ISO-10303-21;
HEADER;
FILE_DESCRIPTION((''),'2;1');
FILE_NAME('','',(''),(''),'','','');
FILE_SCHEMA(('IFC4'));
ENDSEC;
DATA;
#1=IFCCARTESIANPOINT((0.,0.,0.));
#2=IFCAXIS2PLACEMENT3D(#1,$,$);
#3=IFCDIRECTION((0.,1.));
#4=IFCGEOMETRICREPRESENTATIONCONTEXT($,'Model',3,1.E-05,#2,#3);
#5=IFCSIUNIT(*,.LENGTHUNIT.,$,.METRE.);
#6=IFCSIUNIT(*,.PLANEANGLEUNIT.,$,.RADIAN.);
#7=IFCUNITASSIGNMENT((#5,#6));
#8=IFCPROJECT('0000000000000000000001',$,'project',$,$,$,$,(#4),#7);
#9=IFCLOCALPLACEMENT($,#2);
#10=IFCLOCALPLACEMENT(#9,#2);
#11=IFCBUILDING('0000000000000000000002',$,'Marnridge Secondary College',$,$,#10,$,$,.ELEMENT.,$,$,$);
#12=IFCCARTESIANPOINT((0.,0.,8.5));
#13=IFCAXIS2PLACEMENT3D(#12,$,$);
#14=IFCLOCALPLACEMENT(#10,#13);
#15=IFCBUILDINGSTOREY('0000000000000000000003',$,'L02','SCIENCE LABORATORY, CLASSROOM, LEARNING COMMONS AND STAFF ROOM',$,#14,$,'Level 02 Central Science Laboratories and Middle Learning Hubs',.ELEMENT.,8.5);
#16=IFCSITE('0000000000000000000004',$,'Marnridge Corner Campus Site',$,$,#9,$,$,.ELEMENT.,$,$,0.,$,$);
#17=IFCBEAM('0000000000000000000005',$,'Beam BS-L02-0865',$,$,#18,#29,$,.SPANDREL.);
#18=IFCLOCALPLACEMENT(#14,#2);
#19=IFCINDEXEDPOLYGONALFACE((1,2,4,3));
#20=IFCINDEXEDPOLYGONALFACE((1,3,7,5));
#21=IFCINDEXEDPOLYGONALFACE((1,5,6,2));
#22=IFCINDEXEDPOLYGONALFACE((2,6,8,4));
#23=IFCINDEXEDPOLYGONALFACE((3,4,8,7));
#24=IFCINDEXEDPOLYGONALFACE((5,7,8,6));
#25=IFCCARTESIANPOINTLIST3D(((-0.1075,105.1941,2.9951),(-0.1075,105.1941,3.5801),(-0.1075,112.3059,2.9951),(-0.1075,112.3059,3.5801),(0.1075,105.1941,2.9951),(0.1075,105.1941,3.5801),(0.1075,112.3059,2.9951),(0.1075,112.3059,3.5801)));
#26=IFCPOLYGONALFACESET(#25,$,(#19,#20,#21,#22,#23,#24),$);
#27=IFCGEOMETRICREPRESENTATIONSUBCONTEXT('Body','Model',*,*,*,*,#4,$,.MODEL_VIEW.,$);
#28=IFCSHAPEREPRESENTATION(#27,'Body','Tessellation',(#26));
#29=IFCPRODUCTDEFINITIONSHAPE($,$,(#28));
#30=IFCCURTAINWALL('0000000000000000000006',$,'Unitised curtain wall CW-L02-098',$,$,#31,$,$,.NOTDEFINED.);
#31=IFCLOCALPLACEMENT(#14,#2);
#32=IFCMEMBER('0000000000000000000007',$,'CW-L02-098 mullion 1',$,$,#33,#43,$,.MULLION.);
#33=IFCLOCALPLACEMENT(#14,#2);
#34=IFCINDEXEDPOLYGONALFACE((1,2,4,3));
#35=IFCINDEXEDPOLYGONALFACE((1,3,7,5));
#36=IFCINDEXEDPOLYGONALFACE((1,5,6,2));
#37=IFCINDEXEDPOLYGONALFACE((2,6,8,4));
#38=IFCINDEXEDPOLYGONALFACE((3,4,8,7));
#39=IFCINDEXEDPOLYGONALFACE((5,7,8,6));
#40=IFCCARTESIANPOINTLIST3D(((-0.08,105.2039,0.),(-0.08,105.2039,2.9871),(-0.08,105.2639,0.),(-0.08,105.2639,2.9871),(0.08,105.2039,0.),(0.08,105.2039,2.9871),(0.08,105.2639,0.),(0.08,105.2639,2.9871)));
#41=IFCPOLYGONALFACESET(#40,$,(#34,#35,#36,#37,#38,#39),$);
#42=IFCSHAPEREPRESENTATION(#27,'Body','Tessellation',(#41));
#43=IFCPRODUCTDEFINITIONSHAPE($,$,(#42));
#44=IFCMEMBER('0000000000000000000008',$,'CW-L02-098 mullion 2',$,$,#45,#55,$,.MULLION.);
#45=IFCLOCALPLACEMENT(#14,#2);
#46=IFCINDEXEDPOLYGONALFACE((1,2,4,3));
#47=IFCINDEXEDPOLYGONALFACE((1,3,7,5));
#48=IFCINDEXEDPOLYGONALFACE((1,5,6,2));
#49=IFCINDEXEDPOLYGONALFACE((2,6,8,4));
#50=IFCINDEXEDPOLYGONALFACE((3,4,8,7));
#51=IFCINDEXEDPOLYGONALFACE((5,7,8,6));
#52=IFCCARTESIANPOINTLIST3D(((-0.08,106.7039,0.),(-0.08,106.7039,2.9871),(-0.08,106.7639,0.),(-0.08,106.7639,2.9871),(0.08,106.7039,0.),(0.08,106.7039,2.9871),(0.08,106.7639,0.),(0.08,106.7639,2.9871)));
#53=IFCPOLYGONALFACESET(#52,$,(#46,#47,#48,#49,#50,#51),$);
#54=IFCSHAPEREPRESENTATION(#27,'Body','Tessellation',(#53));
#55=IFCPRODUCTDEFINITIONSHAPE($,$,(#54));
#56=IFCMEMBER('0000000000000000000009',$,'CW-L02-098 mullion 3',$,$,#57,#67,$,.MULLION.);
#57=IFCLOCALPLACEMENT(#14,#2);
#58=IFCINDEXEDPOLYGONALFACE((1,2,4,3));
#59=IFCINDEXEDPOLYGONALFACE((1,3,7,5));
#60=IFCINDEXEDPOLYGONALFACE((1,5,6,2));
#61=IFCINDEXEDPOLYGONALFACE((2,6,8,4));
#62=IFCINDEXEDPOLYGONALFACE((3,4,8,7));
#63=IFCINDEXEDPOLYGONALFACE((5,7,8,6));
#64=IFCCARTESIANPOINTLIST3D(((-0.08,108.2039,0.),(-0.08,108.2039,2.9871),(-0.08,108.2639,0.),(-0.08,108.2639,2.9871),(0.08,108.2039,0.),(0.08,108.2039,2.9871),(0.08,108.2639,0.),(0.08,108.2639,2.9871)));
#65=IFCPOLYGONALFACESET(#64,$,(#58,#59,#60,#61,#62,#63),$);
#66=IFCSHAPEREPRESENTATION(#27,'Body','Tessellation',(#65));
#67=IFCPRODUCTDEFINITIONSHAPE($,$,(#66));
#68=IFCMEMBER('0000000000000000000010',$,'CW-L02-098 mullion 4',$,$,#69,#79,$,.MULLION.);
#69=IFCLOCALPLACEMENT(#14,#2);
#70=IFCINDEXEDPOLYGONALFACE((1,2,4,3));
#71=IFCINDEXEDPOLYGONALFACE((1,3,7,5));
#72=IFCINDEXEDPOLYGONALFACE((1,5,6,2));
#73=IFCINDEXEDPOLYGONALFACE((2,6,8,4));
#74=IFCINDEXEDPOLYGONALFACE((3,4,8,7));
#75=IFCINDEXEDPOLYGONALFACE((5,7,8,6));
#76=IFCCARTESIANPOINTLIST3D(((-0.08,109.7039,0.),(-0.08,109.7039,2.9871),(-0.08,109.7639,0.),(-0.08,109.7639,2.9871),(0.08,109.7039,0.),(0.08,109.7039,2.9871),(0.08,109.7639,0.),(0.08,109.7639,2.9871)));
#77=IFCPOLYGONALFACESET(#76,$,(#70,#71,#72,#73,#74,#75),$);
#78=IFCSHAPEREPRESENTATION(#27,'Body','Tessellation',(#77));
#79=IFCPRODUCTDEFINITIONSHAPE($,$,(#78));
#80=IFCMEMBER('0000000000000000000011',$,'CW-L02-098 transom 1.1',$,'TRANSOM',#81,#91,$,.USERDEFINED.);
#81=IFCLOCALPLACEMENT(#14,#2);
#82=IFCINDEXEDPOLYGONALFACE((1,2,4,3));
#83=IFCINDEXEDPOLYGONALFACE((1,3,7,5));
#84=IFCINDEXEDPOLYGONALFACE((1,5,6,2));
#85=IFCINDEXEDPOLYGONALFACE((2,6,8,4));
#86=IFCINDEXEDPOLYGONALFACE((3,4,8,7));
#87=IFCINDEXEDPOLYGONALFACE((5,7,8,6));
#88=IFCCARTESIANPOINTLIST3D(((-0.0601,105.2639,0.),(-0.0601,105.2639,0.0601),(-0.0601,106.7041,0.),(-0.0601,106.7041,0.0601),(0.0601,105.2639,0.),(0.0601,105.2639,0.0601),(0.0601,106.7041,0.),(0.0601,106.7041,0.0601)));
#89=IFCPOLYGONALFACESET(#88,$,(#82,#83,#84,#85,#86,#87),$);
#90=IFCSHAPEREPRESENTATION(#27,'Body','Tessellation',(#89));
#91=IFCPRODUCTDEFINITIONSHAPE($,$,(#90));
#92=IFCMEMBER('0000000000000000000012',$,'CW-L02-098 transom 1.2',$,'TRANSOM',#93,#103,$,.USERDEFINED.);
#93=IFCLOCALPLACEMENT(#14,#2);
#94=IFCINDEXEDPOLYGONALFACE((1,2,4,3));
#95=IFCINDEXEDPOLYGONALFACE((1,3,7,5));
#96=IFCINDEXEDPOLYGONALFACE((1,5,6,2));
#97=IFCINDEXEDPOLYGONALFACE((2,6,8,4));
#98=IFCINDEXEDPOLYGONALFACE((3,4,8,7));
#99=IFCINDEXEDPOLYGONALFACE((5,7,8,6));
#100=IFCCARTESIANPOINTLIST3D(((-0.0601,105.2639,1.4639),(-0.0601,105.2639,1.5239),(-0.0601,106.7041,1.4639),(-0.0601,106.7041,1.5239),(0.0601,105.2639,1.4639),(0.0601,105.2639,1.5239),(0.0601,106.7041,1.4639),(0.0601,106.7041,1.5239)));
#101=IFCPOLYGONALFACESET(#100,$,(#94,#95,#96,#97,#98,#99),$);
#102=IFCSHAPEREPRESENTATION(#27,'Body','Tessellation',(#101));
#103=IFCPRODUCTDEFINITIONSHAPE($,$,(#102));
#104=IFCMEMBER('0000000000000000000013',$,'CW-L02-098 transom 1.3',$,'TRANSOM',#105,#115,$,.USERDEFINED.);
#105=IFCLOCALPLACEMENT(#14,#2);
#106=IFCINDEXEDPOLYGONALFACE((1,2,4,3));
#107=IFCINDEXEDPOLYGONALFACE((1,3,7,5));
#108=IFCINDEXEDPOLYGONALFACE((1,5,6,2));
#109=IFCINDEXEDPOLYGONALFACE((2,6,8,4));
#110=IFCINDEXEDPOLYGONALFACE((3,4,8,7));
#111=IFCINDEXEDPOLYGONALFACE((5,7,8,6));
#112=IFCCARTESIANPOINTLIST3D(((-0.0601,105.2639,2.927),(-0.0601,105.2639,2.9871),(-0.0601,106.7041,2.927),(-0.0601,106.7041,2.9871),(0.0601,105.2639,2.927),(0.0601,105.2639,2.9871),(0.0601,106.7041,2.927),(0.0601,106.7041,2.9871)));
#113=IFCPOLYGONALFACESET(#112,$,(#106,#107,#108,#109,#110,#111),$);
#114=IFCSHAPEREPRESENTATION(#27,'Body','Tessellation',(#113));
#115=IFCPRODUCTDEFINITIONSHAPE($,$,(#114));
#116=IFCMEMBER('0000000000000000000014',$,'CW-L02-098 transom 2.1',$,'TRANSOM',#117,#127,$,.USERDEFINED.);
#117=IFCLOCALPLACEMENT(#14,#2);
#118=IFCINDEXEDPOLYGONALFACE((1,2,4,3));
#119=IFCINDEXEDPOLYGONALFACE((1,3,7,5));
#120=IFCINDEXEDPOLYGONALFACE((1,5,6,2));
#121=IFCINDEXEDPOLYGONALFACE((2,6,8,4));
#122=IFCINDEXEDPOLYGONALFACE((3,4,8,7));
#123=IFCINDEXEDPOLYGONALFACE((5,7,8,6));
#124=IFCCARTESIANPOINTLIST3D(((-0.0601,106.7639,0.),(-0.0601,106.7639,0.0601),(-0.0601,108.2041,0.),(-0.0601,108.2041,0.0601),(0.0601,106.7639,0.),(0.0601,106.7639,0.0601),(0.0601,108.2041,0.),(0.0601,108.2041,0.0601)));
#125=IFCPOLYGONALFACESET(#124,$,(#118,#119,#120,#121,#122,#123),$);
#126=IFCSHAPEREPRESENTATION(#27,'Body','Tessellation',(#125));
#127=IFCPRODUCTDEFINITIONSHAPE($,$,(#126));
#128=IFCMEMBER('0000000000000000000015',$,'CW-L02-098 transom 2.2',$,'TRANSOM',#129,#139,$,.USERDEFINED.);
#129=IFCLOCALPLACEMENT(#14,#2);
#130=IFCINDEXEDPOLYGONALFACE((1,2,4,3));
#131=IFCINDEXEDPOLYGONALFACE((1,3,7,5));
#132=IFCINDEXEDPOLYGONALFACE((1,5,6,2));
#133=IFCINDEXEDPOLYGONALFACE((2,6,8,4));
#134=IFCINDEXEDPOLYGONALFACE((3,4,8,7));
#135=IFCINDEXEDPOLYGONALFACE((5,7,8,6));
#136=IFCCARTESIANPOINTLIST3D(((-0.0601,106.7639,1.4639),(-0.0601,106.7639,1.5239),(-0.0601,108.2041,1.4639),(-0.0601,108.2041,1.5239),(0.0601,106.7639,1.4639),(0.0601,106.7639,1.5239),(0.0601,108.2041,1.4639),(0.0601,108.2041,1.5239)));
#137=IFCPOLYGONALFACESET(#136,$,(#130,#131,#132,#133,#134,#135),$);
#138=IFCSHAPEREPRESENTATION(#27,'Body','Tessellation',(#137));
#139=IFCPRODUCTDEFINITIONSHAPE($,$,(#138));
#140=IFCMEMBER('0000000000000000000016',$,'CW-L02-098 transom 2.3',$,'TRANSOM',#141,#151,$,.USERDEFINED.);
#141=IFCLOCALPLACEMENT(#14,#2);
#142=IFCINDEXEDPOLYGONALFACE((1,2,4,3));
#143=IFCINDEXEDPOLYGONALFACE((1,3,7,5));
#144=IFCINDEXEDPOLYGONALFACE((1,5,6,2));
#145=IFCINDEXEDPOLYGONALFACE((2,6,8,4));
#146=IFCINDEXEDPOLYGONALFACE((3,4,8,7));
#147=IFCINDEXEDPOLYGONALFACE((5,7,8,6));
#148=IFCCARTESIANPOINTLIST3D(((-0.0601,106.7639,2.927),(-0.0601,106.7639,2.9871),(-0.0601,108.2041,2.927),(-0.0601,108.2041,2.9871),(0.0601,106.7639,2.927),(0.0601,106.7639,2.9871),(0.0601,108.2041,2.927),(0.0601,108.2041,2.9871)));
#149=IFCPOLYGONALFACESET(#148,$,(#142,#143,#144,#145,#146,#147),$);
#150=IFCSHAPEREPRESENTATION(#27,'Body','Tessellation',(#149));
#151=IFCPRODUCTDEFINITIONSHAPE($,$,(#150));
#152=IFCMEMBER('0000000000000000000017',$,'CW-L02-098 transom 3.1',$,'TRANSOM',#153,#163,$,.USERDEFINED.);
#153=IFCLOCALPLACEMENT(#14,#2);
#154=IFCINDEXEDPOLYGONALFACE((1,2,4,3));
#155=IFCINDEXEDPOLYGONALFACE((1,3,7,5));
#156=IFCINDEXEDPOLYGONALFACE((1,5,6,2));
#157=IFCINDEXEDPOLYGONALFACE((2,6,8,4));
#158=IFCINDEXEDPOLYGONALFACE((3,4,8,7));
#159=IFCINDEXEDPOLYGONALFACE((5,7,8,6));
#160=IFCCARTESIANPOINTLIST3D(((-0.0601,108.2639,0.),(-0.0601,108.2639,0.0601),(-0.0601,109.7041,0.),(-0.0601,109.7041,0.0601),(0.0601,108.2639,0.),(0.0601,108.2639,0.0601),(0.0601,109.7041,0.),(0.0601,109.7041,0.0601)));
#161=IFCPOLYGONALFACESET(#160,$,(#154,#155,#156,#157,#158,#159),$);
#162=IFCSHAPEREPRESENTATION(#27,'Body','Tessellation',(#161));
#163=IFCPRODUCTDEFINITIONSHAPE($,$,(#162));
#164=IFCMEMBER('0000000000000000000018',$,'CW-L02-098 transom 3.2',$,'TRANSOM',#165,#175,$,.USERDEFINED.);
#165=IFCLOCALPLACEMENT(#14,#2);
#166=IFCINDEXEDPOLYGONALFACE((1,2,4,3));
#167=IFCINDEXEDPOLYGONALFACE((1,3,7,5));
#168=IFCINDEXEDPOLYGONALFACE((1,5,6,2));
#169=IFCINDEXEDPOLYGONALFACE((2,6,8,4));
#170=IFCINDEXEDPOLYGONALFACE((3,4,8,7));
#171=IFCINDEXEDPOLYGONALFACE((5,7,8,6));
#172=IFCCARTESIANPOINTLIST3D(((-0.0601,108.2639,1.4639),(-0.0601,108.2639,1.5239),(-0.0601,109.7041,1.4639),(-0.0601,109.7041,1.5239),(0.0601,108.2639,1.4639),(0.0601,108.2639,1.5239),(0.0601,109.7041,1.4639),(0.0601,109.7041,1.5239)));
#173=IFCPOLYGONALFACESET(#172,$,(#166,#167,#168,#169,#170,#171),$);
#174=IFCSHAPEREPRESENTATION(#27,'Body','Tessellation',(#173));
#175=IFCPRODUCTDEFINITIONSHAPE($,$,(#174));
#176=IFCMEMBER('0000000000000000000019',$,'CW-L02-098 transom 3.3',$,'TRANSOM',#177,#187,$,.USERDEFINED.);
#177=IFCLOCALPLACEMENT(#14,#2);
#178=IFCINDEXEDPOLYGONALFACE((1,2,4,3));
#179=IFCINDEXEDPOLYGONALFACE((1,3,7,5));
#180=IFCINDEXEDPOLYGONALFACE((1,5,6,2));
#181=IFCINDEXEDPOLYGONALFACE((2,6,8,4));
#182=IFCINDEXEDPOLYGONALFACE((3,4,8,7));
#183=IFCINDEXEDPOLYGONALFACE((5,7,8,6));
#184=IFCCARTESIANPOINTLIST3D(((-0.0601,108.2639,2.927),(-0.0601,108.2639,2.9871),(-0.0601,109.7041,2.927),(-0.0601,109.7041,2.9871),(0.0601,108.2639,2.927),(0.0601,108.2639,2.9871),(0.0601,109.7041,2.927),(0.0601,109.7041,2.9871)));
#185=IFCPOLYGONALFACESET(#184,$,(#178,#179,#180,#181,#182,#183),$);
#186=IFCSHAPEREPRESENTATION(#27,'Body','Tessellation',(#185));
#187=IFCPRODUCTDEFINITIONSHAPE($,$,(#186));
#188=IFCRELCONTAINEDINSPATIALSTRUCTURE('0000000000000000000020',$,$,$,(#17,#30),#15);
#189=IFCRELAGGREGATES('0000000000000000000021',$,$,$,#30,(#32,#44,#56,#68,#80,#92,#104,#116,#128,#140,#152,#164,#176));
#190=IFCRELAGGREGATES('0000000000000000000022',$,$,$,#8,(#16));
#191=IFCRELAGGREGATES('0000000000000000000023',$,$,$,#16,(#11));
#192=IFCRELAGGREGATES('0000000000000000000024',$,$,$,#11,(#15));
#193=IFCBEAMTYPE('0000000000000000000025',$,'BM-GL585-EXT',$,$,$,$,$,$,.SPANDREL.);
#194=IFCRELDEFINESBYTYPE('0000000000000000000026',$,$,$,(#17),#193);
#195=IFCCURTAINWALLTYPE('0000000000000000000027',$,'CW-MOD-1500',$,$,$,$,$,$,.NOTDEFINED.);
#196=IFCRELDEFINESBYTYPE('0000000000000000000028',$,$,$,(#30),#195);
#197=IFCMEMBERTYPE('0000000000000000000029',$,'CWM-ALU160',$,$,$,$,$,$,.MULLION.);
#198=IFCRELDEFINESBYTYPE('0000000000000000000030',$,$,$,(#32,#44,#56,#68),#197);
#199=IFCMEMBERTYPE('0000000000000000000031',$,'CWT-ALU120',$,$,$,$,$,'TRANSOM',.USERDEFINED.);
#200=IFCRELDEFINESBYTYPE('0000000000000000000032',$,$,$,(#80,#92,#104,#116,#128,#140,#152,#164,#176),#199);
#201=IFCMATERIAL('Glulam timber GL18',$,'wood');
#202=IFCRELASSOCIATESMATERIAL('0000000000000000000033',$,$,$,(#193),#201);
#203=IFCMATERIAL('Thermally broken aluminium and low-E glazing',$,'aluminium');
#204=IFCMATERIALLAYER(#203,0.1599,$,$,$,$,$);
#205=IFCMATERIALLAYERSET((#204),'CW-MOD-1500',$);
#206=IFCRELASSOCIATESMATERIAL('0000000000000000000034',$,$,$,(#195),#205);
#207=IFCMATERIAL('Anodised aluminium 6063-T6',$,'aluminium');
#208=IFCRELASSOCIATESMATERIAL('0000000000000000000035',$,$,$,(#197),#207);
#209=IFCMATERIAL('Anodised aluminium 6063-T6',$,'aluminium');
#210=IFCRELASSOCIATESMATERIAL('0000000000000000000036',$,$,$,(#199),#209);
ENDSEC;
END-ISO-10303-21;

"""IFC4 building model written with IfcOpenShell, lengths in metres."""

from ifc_helpers import new_model, si_unit, direction, frame, origin, origin_2d, place, context, subcontext, project, spatial, rectangle, extrude, material, layer, layer_set, material_profile, profile_set, type_object, element, aggregate, save


model = new_model("IFC4")

# Units and contexts
model_context = context("Model", 3, precision=1e-05, world=origin(), true_north=direction((0.0, 1.0)))
body_context = subcontext(model_context, "Body", "Model", "MODEL_VIEW")
ifc_project = project(units=[si_unit("LENGTHUNIT", "METRE"), si_unit("PLANEANGLEUNIT", "RADIAN")], contexts=[model_context])

# Site, building, storey
site_placement = place(None, origin())
site = spatial("IfcSite", under=ifc_project, at=site_placement, Name="Marnridge Corner Campus Site", CompositionType="ELEMENT", RefElevation=0.0)
building_placement = place(site_placement, origin())
building = spatial("IfcBuilding", under=site, at=building_placement, Name="Marnridge Secondary College", CompositionType="ELEMENT")
storey_placement = place(building_placement, frame((0.0, 0.0, 8.5)))
storey = spatial("IfcBuildingStorey", under=building, at=storey_placement, Name="L02", Description="SCIENCE LABORATORY, CLASSROOM, LEARNING COMMONS AND STAFF ROOM", LongName="Level 02 Central Science Laboratories and Middle Learning Hubs", CompositionType="ELEMENT", Elevation=8.5)

# Beam
ifc_material_1 = material(Name="Glulam timber GL18", Category="wood")
ifc_material_profile_1 = material_profile(ifc_material_1, rectangle(XDim=0.2151, YDim=0.585, at=origin_2d()), Name="GL18 215x585")
ifc_profile_set_1 = profile_set([ifc_material_profile_1], Name="Glulam timber GL18")
beam_type = type_object("IfcBeamType", Name="BM-GL585-EXT", PredefinedType="SPANDREL", material=ifc_profile_set_1)
beam_placement = place(storey_placement, frame((0.0, 105.1941, 3.2876), z_axis=(0.0, 1.0, 0.0), x_axis=(-1.0, 0.0, 0.0)))
element("IfcBeam", 1, at=beam_placement, inside=storey, type_object=beam_type, Name="Beam BS-L02-0865", PredefinedType="SPANDREL", context=body_context, shape_type="SweptSolid", body=[
    extrude(rectangle(XDim=0.2151, YDim=0.585, at=origin_2d()), origin(), (0.0, 0.0, 1.0), 7.1118),
])

# Curtain wall, members
ifc_material_2 = material(Name="Thermally broken aluminium and low-E glazing", Category="aluminium")
ifc_layer_1 = layer(ifc_material_2, 0.1599)
ifc_layer_set_1 = layer_set([ifc_layer_1], Name="CW-MOD-1500")
curtain_wall_type = type_object("IfcCurtainWallType", Name="CW-MOD-1500", PredefinedType="NOTDEFINED", material=ifc_layer_set_1)
curtain_wall_placement = place(storey_placement, origin())
curtain_wall = element("IfcCurtainWall", 2, at=curtain_wall_placement, inside=storey, type_object=curtain_wall_type, Name="Unitised curtain wall CW-L02-098", PredefinedType="NOTDEFINED")
ifc_material_3 = material(Name="Anodised aluminium 6063-T6", Category="aluminium")
ifc_material_profile_2 = material_profile(ifc_material_3, rectangle(XDim=0.0601, YDim=0.1599, at=origin_2d()), Name="ALU 60x160")
ifc_profile_set_2 = profile_set([ifc_material_profile_2], Name="Anodised aluminium 6063-T6")
member_type_1 = type_object("IfcMemberType", Name="CWM-ALU160", PredefinedType="MULLION", material=ifc_profile_set_2)
member_1_placement = place(storey_placement, frame((0.0, 105.2339, 0.0), z_axis=(0.0, 0.0, 1.0), x_axis=(0.0, 1.0, 0.0)))
member_1 = element("IfcMember", 3, at=member_1_placement, type_object=member_type_1, Name="CW-L02-098 mullion 1", PredefinedType="MULLION", context=body_context, shape_type="SweptSolid", body=[
    extrude(rectangle(XDim=0.0601, YDim=0.1599, at=origin_2d()), origin(), (0.0, 0.0, 1.0), 2.9871),
])
member_2_placement = place(storey_placement, frame((0.0, 106.7339, 0.0), z_axis=(0.0, 0.0, 1.0), x_axis=(0.0, 1.0, 0.0)))
member_2 = element("IfcMember", 4, at=member_2_placement, type_object=member_type_1, Name="CW-L02-098 mullion 2", PredefinedType="MULLION", context=body_context, shape_type="SweptSolid", body=[
    extrude(rectangle(XDim=0.0601, YDim=0.1599, at=origin_2d()), origin(), (0.0, 0.0, 1.0), 2.9871),
])
member_3_placement = place(storey_placement, frame((0.0, 108.2339, 0.0), z_axis=(0.0, 0.0, 1.0), x_axis=(0.0, 1.0, 0.0)))
member_3 = element("IfcMember", 5, at=member_3_placement, type_object=member_type_1, Name="CW-L02-098 mullion 3", PredefinedType="MULLION", context=body_context, shape_type="SweptSolid", body=[
    extrude(rectangle(XDim=0.0601, YDim=0.1599, at=origin_2d()), origin(), (0.0, 0.0, 1.0), 2.9871),
])
member_4_placement = place(storey_placement, frame((0.0, 109.7339, 0.0), z_axis=(0.0, 0.0, 1.0), x_axis=(0.0, 1.0, 0.0)))
member_4 = element("IfcMember", 6, at=member_4_placement, type_object=member_type_1, Name="CW-L02-098 mullion 4", PredefinedType="MULLION", context=body_context, shape_type="SweptSolid", body=[
    extrude(rectangle(XDim=0.0601, YDim=0.1599, at=origin_2d()), origin(), (0.0, 0.0, 1.0), 2.9871),
])
ifc_material_4 = material(Name="Anodised aluminium 6063-T6", Category="aluminium")
ifc_material_profile_3 = material_profile(ifc_material_4, rectangle(XDim=0.0601, YDim=0.1201, at=origin_2d()), Name="ALU 60x120")
ifc_profile_set_3 = profile_set([ifc_material_profile_3], Name="Anodised aluminium 6063-T6")
member_type_2 = type_object("IfcMemberType", Name="CWT-ALU120", ElementType="TRANSOM", PredefinedType="USERDEFINED", material=ifc_profile_set_3)
member_5_placement = place(storey_placement, frame((0.0, 105.2639, 0.03), z_axis=(0.0, 1.0, 0.0), x_axis=(0.0, 0.0, 1.0)))
member_5 = element("IfcMember", 7, at=member_5_placement, type_object=member_type_2, Name="CW-L02-098 transom 1.1", ObjectType="TRANSOM", PredefinedType="USERDEFINED", context=body_context, shape_type="SweptSolid", body=[
    extrude(rectangle(XDim=0.0601, YDim=0.1201, at=origin_2d()), origin(), (0.0, 0.0, 1.0), 1.4402),
])
member_6_placement = place(storey_placement, frame((0.0, 105.2639, 1.4939), z_axis=(0.0, 1.0, 0.0), x_axis=(0.0, 0.0, 1.0)))
member_6 = element("IfcMember", 8, at=member_6_placement, type_object=member_type_2, Name="CW-L02-098 transom 1.2", ObjectType="TRANSOM", PredefinedType="USERDEFINED", context=body_context, shape_type="SweptSolid", body=[
    extrude(rectangle(XDim=0.0601, YDim=0.1201, at=origin_2d()), origin(), (0.0, 0.0, 1.0), 1.4402),
])
member_7_placement = place(storey_placement, frame((0.0, 105.2639, 2.957), z_axis=(0.0, 1.0, 0.0), x_axis=(0.0, 0.0, 1.0)))
member_7 = element("IfcMember", 9, at=member_7_placement, type_object=member_type_2, Name="CW-L02-098 transom 1.3", ObjectType="TRANSOM", PredefinedType="USERDEFINED", context=body_context, shape_type="SweptSolid", body=[
    extrude(rectangle(XDim=0.0601, YDim=0.1201, at=origin_2d()), origin(), (0.0, 0.0, 1.0), 1.4402),
])
member_8_placement = place(storey_placement, frame((0.0, 106.7639, 0.03), z_axis=(0.0, 1.0, 0.0), x_axis=(0.0, 0.0, 1.0)))
member_8 = element("IfcMember", 10, at=member_8_placement, type_object=member_type_2, Name="CW-L02-098 transom 2.1", ObjectType="TRANSOM", PredefinedType="USERDEFINED", context=body_context, shape_type="SweptSolid", body=[
    extrude(rectangle(XDim=0.0601, YDim=0.1201, at=origin_2d()), origin(), (0.0, 0.0, 1.0), 1.4402),
])
member_9_placement = place(storey_placement, frame((0.0, 106.7639, 1.4939), z_axis=(0.0, 1.0, 0.0), x_axis=(0.0, 0.0, 1.0)))
member_9 = element("IfcMember", 11, at=member_9_placement, type_object=member_type_2, Name="CW-L02-098 transom 2.2", ObjectType="TRANSOM", PredefinedType="USERDEFINED", context=body_context, shape_type="SweptSolid", body=[
    extrude(rectangle(XDim=0.0601, YDim=0.1201, at=origin_2d()), origin(), (0.0, 0.0, 1.0), 1.4402),
])
member_10_placement = place(storey_placement, frame((0.0, 106.7639, 2.957), z_axis=(0.0, 1.0, 0.0), x_axis=(0.0, 0.0, 1.0)))
member_10 = element("IfcMember", 12, at=member_10_placement, type_object=member_type_2, Name="CW-L02-098 transom 2.3", ObjectType="TRANSOM", PredefinedType="USERDEFINED", context=body_context, shape_type="SweptSolid", body=[
    extrude(rectangle(XDim=0.0601, YDim=0.1201, at=origin_2d()), origin(), (0.0, 0.0, 1.0), 1.4402),
])
member_11_placement = place(storey_placement, frame((0.0, 108.2639, 0.03), z_axis=(0.0, 1.0, 0.0), x_axis=(0.0, 0.0, 1.0)))
member_11 = element("IfcMember", 13, at=member_11_placement, type_object=member_type_2, Name="CW-L02-098 transom 3.1", ObjectType="TRANSOM", PredefinedType="USERDEFINED", context=body_context, shape_type="SweptSolid", body=[
    extrude(rectangle(XDim=0.0601, YDim=0.1201, at=origin_2d()), origin(), (0.0, 0.0, 1.0), 1.4402),
])
member_12_placement = place(storey_placement, frame((0.0, 108.2639, 1.4939), z_axis=(0.0, 1.0, 0.0), x_axis=(0.0, 0.0, 1.0)))
member_12 = element("IfcMember", 14, at=member_12_placement, type_object=member_type_2, Name="CW-L02-098 transom 3.2", ObjectType="TRANSOM", PredefinedType="USERDEFINED", context=body_context, shape_type="SweptSolid", body=[
    extrude(rectangle(XDim=0.0601, YDim=0.1201, at=origin_2d()), origin(), (0.0, 0.0, 1.0), 1.4402),
])
member_13_placement = place(storey_placement, frame((0.0, 108.2639, 2.957), z_axis=(0.0, 1.0, 0.0), x_axis=(0.0, 0.0, 1.0)))
member_13 = element("IfcMember", 15, at=member_13_placement, type_object=member_type_2, Name="CW-L02-098 transom 3.3", ObjectType="TRANSOM", PredefinedType="USERDEFINED", context=body_context, shape_type="SweptSolid", body=[
    extrude(rectangle(XDim=0.0601, YDim=0.1201, at=origin_2d()), origin(), (0.0, 0.0, 1.0), 1.4402),
])
aggregate(curtain_wall, [member_1, member_2, member_3, member_4, member_5, member_6, member_7, member_8, member_9, member_10, member_11, member_12, member_13])

save(model, "model.ifc")
